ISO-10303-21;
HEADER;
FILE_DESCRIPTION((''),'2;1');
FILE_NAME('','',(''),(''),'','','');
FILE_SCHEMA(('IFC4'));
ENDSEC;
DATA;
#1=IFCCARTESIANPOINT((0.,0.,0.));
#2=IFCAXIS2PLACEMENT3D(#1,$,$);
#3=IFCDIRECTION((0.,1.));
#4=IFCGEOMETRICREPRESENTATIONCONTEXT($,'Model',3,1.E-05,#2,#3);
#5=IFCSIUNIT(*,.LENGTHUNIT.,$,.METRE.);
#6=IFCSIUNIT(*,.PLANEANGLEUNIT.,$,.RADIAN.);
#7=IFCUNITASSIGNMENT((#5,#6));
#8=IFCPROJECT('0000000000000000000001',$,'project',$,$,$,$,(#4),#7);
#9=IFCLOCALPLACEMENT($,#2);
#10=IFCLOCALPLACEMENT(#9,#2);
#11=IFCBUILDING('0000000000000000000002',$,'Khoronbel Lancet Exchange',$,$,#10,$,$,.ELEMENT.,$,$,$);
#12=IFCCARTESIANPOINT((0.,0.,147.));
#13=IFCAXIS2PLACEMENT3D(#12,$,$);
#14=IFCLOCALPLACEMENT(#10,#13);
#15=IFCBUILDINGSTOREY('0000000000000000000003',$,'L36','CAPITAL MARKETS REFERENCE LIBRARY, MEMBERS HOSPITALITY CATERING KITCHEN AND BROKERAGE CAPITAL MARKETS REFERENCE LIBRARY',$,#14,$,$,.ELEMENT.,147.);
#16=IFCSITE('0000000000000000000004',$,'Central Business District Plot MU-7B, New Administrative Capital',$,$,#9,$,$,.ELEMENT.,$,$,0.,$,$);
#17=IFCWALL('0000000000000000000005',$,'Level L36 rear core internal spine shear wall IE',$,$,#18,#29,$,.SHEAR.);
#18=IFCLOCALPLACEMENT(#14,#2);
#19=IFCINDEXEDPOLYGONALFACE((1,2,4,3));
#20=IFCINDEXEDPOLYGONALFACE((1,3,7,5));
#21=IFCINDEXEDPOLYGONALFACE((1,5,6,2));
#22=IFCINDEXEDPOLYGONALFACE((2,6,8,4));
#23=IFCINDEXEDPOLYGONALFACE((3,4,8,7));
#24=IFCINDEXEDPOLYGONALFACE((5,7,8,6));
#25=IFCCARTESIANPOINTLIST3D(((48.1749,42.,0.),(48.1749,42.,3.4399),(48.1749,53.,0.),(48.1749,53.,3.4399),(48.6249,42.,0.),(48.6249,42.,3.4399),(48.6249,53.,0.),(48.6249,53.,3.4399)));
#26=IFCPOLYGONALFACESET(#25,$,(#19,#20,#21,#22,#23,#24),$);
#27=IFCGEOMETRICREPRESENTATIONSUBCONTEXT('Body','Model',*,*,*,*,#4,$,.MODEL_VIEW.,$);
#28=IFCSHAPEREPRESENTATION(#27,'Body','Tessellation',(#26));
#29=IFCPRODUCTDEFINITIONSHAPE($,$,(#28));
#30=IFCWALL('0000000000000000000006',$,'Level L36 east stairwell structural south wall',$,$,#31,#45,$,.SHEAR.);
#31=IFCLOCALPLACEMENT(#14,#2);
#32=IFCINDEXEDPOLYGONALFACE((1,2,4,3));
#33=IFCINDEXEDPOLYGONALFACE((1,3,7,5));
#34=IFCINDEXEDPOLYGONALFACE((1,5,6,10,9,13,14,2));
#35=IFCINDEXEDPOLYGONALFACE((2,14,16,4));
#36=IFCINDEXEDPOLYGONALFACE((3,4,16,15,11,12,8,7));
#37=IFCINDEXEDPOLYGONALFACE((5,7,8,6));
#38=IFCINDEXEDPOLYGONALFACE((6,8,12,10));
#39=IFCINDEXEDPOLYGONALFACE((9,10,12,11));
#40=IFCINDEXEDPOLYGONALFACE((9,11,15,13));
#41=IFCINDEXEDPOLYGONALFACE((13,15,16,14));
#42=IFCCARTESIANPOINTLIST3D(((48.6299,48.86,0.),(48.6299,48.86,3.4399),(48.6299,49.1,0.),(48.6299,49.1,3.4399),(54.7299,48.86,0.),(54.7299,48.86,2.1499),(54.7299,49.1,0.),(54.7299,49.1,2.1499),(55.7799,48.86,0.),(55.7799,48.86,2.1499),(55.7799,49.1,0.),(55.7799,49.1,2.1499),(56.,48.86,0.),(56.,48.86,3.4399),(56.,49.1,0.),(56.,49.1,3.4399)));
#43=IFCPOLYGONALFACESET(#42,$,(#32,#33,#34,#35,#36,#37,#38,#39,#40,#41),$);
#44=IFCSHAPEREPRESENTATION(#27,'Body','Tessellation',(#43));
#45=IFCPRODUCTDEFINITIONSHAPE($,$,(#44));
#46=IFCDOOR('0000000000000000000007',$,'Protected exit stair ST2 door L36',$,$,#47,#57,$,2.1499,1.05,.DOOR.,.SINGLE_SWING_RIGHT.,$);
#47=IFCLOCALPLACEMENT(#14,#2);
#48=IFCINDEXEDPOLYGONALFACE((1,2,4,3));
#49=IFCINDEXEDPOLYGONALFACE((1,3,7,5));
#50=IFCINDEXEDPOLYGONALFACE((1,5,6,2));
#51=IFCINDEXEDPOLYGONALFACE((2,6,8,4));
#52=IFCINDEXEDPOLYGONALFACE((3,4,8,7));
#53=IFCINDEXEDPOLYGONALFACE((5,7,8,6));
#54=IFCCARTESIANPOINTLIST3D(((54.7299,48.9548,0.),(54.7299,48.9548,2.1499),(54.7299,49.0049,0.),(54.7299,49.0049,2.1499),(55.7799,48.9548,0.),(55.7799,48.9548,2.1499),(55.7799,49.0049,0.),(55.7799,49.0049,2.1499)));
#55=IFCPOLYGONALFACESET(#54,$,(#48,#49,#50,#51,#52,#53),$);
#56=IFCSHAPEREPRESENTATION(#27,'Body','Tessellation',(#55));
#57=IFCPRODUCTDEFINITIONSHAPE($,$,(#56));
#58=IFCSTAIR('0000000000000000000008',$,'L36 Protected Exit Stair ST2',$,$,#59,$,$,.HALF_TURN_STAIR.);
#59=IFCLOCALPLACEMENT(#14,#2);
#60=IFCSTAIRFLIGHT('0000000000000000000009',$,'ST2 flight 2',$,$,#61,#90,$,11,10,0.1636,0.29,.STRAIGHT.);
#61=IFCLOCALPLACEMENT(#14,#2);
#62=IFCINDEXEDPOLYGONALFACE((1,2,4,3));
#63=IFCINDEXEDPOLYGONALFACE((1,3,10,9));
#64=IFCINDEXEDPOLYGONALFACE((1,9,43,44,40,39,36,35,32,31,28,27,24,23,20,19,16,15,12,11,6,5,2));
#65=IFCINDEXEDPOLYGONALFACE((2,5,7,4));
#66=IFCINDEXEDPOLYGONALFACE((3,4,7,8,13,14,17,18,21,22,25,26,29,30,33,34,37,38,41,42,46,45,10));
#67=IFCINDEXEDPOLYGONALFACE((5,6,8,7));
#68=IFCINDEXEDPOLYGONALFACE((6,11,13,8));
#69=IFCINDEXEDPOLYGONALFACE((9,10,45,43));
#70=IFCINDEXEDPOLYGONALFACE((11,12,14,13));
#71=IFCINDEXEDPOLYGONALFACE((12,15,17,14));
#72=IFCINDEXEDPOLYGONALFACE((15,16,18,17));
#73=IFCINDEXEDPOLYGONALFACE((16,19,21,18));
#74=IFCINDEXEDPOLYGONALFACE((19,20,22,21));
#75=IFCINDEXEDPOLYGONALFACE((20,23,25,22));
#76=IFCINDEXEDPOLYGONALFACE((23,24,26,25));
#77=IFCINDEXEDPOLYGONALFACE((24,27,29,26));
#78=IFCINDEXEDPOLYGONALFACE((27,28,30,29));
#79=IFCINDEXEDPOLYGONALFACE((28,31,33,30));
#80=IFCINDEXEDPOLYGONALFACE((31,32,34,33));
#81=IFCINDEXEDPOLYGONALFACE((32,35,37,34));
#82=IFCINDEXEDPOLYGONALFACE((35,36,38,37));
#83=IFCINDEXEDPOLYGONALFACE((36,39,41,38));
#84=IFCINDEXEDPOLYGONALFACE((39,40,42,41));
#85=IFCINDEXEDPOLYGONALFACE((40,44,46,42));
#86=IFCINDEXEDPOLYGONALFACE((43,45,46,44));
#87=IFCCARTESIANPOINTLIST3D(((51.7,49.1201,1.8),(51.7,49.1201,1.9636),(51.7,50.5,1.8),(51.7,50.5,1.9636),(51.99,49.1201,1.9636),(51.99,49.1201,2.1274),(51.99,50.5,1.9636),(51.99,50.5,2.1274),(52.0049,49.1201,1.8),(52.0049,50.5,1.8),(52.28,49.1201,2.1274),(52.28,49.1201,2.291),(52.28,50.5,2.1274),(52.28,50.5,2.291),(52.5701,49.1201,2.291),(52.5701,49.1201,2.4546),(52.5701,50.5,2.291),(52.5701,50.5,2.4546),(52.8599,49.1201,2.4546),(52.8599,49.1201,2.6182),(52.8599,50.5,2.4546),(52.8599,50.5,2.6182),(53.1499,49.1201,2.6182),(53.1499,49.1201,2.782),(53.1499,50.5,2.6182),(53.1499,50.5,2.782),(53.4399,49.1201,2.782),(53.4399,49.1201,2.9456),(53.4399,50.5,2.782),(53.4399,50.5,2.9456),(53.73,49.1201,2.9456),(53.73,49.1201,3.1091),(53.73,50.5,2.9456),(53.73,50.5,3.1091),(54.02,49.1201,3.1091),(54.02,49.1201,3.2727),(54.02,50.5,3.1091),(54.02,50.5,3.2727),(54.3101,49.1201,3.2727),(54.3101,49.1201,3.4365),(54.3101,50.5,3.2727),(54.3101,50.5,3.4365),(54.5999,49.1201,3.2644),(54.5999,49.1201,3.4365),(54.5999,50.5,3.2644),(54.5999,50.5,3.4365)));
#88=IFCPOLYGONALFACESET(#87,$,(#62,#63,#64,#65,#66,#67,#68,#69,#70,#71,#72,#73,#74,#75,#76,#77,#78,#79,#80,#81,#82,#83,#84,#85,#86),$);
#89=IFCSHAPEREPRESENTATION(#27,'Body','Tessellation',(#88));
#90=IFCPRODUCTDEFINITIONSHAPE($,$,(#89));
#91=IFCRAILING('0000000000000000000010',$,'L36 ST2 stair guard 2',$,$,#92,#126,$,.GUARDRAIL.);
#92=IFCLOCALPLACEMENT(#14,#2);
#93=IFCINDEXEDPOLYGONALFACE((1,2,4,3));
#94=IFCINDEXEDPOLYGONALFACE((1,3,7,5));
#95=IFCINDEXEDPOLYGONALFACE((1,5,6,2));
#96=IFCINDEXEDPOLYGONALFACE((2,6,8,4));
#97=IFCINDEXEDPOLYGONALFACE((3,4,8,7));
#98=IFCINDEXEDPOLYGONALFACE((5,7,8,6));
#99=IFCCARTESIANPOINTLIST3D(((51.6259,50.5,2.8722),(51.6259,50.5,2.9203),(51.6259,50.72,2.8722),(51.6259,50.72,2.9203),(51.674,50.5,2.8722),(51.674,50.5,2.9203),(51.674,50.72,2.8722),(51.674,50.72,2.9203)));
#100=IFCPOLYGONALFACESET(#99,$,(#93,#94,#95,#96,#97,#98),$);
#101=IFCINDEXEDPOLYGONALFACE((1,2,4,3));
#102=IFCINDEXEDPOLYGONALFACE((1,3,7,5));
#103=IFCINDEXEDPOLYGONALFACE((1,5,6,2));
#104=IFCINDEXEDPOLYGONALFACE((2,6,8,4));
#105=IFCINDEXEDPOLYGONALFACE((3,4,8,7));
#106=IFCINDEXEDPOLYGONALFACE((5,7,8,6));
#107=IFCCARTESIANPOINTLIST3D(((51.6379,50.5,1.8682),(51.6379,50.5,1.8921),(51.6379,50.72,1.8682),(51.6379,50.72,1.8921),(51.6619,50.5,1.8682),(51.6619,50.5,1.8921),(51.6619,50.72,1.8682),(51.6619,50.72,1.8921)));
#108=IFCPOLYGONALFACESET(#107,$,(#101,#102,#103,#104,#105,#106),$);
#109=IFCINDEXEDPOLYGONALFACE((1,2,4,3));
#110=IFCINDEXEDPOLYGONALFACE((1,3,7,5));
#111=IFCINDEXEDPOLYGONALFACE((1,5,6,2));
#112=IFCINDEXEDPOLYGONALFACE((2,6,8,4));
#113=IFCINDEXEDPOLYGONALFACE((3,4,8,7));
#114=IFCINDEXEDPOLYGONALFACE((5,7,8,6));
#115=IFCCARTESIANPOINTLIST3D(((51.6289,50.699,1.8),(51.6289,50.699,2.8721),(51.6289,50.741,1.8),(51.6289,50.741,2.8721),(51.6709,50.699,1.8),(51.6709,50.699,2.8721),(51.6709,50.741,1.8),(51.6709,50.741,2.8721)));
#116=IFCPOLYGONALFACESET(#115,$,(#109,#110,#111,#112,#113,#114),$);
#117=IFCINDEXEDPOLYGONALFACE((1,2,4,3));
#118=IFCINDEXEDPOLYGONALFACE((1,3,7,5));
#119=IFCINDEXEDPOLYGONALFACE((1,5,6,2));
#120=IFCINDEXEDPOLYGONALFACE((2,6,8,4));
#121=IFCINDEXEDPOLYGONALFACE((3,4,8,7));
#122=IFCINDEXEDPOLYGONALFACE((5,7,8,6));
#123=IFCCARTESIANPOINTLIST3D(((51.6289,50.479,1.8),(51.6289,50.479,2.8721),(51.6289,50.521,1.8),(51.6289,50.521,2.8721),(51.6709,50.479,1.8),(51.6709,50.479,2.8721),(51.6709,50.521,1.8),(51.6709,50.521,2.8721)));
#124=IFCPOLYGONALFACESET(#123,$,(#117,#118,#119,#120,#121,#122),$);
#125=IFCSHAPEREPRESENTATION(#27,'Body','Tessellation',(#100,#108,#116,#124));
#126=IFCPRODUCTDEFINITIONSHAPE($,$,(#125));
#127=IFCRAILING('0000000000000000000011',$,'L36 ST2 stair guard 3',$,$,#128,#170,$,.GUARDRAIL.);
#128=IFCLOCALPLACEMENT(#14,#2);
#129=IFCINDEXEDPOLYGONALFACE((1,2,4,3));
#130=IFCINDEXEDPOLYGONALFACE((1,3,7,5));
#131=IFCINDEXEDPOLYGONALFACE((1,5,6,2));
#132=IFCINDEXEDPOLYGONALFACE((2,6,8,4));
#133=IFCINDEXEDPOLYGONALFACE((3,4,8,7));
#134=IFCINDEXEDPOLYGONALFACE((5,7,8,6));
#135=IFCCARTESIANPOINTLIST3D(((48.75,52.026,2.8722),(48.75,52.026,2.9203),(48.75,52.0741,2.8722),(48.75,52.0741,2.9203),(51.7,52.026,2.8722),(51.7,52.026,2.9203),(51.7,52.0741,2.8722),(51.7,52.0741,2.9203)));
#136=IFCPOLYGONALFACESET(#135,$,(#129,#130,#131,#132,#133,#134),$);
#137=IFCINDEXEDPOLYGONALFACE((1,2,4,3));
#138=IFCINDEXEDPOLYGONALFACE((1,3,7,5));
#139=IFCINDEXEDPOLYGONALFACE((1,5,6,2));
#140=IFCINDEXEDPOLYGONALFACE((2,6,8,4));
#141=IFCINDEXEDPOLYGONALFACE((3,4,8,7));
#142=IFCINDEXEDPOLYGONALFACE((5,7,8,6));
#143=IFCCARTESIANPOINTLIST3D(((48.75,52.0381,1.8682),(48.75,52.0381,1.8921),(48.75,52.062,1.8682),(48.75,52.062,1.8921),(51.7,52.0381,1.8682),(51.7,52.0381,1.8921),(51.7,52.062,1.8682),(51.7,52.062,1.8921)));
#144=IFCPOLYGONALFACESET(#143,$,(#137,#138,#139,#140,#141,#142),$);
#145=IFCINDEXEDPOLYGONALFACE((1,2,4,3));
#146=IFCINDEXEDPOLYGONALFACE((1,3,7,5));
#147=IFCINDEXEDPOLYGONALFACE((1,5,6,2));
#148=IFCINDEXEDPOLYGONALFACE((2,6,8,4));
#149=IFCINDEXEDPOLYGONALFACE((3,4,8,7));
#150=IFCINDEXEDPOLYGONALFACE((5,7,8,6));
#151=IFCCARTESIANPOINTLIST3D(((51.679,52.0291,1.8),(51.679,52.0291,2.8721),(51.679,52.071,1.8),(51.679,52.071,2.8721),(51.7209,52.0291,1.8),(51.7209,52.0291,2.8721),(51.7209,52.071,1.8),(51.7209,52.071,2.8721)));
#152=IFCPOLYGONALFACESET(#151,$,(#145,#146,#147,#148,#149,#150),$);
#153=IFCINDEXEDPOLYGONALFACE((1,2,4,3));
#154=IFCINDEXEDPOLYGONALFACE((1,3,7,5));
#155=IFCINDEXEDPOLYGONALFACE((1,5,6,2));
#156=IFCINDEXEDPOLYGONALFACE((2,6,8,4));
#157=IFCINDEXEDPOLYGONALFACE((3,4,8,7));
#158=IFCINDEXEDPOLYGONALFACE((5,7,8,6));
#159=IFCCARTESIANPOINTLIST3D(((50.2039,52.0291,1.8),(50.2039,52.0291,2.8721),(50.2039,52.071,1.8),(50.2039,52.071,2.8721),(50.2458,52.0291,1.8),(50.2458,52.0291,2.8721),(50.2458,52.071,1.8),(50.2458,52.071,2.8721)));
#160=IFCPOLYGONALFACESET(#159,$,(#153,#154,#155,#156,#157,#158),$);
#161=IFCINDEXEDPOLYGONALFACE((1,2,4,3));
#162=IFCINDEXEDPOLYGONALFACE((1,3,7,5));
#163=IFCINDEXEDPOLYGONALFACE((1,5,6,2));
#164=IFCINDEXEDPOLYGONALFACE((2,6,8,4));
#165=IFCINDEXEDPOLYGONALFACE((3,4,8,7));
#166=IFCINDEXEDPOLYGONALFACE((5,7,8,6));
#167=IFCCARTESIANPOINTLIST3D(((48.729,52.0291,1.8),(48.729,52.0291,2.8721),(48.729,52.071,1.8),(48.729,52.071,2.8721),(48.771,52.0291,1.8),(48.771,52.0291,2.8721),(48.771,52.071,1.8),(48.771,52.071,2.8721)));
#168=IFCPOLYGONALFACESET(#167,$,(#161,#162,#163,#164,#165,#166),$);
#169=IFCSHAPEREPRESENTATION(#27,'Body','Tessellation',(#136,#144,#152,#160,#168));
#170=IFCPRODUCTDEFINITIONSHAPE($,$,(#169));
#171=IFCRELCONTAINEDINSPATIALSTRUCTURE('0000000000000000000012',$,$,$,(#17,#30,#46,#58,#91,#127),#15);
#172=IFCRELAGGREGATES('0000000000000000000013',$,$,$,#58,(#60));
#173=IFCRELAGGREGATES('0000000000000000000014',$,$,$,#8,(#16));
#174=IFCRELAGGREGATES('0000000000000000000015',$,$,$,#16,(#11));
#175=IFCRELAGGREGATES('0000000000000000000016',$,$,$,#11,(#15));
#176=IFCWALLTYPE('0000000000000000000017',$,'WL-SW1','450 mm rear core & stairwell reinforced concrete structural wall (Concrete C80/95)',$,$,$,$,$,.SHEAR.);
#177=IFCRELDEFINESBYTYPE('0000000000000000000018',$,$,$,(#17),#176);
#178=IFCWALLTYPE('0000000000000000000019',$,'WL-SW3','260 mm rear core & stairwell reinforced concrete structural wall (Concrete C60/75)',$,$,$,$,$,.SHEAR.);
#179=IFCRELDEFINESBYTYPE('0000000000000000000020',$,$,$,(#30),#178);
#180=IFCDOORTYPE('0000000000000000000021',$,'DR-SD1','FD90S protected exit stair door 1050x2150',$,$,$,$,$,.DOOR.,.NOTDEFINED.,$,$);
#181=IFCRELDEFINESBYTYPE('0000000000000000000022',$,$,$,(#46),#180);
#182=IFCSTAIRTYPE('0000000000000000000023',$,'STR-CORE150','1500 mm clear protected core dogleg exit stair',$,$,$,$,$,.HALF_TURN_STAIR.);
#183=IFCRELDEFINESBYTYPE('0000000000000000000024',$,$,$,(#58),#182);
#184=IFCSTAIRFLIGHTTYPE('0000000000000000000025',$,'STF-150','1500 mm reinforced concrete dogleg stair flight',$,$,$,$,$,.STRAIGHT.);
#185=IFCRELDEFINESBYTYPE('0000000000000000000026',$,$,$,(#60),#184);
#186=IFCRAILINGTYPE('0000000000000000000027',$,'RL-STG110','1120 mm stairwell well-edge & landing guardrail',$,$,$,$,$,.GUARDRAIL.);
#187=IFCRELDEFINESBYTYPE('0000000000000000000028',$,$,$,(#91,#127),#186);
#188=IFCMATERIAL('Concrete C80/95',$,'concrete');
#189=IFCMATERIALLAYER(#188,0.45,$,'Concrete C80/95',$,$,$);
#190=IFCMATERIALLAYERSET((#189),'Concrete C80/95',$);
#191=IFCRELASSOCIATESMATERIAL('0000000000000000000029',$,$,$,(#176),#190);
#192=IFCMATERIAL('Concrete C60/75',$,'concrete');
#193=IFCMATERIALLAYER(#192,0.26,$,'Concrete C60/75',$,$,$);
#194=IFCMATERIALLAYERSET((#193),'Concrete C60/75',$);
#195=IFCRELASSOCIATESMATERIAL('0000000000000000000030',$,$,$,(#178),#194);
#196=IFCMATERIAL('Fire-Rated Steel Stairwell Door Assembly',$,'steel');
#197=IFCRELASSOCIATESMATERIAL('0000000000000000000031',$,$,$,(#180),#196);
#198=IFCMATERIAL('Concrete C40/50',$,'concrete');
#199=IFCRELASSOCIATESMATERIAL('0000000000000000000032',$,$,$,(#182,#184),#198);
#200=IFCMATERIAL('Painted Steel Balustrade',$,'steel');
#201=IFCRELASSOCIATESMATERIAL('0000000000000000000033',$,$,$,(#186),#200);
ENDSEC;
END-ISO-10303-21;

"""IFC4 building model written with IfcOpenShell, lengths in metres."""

from ifc_helpers import new_model, si_unit, direction, frame, frame_2d, origin, origin_2d, place, context, subcontext, project, spatial, polyline, rectangle, outline, extrude, material, layer, layer_set, type_object, element, fill, aggregate, save


model = new_model("IFC4")

# Units and contexts
model_context = context("Model", 3, precision=1e-05, world=origin(), true_north=direction((0.0, 1.0)))
body_context = subcontext(model_context, "Body", "Model", "MODEL_VIEW")
ifc_project = project(units=[si_unit("LENGTHUNIT", "METRE"), si_unit("PLANEANGLEUNIT", "RADIAN")], contexts=[model_context])

# Site, building, storey
site_placement = place(None, origin())
site = spatial("IfcSite", under=ifc_project, at=site_placement, Name="Central Business District Plot MU-7B, New Administrative Capital", CompositionType="ELEMENT", RefElevation=0.0)
building_placement = place(site_placement, origin())
building = spatial("IfcBuilding", under=site, at=building_placement, Name="Khoronbel Lancet Exchange", CompositionType="ELEMENT")
storey_placement = place(building_placement, frame((0.0, 0.0, 147.0)))
storey = spatial("IfcBuildingStorey", under=building, at=storey_placement, Name="L36", Description="CAPITAL MARKETS REFERENCE LIBRARY, MEMBERS HOSPITALITY CATERING KITCHEN AND BROKERAGE CAPITAL MARKETS REFERENCE LIBRARY", CompositionType="ELEMENT", Elevation=147.0)

# Wall
ifc_material_1 = material(Name="Concrete C80/95", Category="concrete")
ifc_layer_1 = layer(ifc_material_1, 0.45, Name="Concrete C80/95")
ifc_layer_set_1 = layer_set([ifc_layer_1], Name="Concrete C80/95")
wall_type_1 = type_object("IfcWallType", Name="WL-SW1", Description="450 mm rear core & stairwell reinforced concrete structural wall (Concrete C80/95)", PredefinedType="SHEAR", material=ifc_layer_set_1)
wall_1_placement = place(storey_placement, frame((48.3999, 42.0, 0.0), z_axis=(0.0, 0.0, 1.0), x_axis=(0.0, 1.0, 0.0)))
element("IfcWall", 1, at=wall_1_placement, inside=storey, type_object=wall_type_1, Name="Level L36 rear core internal spine shear wall IE", PredefinedType="SHEAR", context=body_context, shape_type="SweptSolid", body=[
    extrude(rectangle(XDim=11.0, YDim=0.45, at=frame_2d((5.5, 0.0))), origin(), (0.0, 0.0, 1.0), 3.4399),
])

# Wall, opening, door
ifc_material_2 = material(Name="Concrete C60/75", Category="concrete")
ifc_layer_2 = layer(ifc_material_2, 0.26, Name="Concrete C60/75")
ifc_layer_set_2 = layer_set([ifc_layer_2], Name="Concrete C60/75")
wall_type_2 = type_object("IfcWallType", Name="WL-SW3", Description="260 mm rear core & stairwell reinforced concrete structural wall (Concrete C60/75)", PredefinedType="SHEAR", material=ifc_layer_set_2)
wall_2_placement = place(storey_placement, frame((48.6299, 48.98, 0.0), z_axis=(0.0, 0.0, 1.0), x_axis=(1.0, 0.0, 0.0)))
wall_2 = element("IfcWall", 2, at=wall_2_placement, inside=storey, type_object=wall_type_2, Name="Level L36 east stairwell structural south wall", PredefinedType="SHEAR", context=body_context, shape_type="SweptSolid", body=[
    extrude(rectangle(XDim=7.3701, YDim=0.24, at=frame_2d((3.6851, 0.0))), origin(), (0.0, 0.0, 1.0), 3.4399),
])
opening_1_placement = place(wall_2_placement, frame((6.1001, 0.0, 0.0)))
opening_1 = element("IfcOpeningElement", 3, at=opening_1_placement, cuts=wall_2, PredefinedType="OPENING", context=body_context, shape_type="SweptSolid", body=[
    extrude(rectangle(XDim=1.05, YDim=2.1499, at=frame_2d((0.5249, 1.075))), frame((0.0, 0.1299, 0.0), z_axis=(0.0, -1.0, 0.0), x_axis=(1.0, 0.0, 0.0)), (0.0, 0.0, 1.0), 0.26),
])
ifc_material_3 = material(Name="Fire-Rated Steel Stairwell Door Assembly", Category="steel")
door_type_1 = type_object("IfcDoorType", Name="DR-SD1", Description="FD90S protected exit stair door 1050x2150", OperationType="NOTDEFINED", PredefinedType="DOOR", material=ifc_material_3)
door_1_placement = place(opening_1_placement, origin())
door_1 = element("IfcDoor", 4, at=door_1_placement, inside=storey, type_object=door_type_1, Name="Protected exit stair ST2 door L36", OperationType="SINGLE_SWING_RIGHT", OverallHeight=2.1499, OverallWidth=1.05, PredefinedType="DOOR", context=body_context, shape_type="SweptSolid", body=[
    extrude(rectangle(XDim=1.05, YDim=2.1499, at=frame_2d((0.5249, 1.075))), frame((0.0, 0.0249, 0.0), z_axis=(0.0, -1.0, 0.0), x_axis=(1.0, 0.0, 0.0)), (0.0, 0.0, 1.0), 0.05),
])
fill(opening_1, door_1)

# Stair, stair flight
ifc_material_4 = material(Name="Concrete C40/50", Category="concrete")
stair_type = type_object("IfcStairType", Name="STR-CORE150", Description="1500 mm clear protected core dogleg exit stair", PredefinedType="HALF_TURN_STAIR", material=ifc_material_4)
stair_placement = place(storey_placement, origin())
stair = element("IfcStair", 5, at=stair_placement, inside=storey, type_object=stair_type, Name="L36 Protected Exit Stair ST2", PredefinedType="HALF_TURN_STAIR")
stair_flight_type = type_object("IfcStairFlightType", Name="STF-150", Description="1500 mm reinforced concrete dogleg stair flight", PredefinedType="STRAIGHT", material=ifc_material_4)
stair_flight_placement = place(storey_placement, frame((51.7, 49.8101, 1.8), z_axis=(0.0, 0.0, 1.0), x_axis=(1.0, 0.0, 0.0)))
stair_flight = element("IfcStairFlight", 6, at=stair_flight_placement, type_object=stair_flight_type, Name="ST2 flight 2", NumberOfRisers=11, NumberOfTreads=10, PredefinedType="STRAIGHT", RiserHeight=0.1636, TreadLength=0.29, context=body_context, shape_type="SweptSolid", body=[
    extrude(outline(polyline([(0.0, 0.0), (0.0, 0.1636), (0.29, 0.1636), (0.29, 0.3274), (0.5801, 0.3274), (0.5801, 0.491), (0.8701, 0.491), (0.8701, 0.6545), (1.1599, 0.6545), (1.1599, 0.8181), (1.45, 0.8181), (1.45, 0.9819), (1.74, 0.9819), (1.74, 1.1455), (2.03, 1.1455), (2.03, 1.3091), (2.3201, 1.3091), (2.3201, 1.4727), (2.6101, 1.4727), (2.6101, 1.6365), (2.8999, 1.6365), (2.8999, 1.8), (2.8999, 1.4644), (0.3049, 0.0), (0.0, 0.0)])), frame((0.0, 0.6899, 0.0), z_axis=(0.0, -1.0, 0.0), x_axis=(1.0, 0.0, 0.0)), (0.0, 0.0, 1.0), 1.3799),
])
aggregate(stair, [stair_flight])

# Railings
ifc_material_5 = material(Name="Painted Steel Balustrade", Category="steel")
railing_type_1 = type_object("IfcRailingType", Name="RL-STG110", Description="1120 mm stairwell well-edge & landing guardrail", PredefinedType="GUARDRAIL", material=ifc_material_5)
railing_1_placement = place(storey_placement, frame((51.6499, 50.72, 1.8)))
element("IfcRailing", 7, at=railing_1_placement, inside=storey, type_object=railing_type_1, Name="L36 ST2 stair guard 2", PredefinedType="GUARDRAIL", context=body_context, shape_type="SweptSolid", body=[
    extrude(rectangle(XDim=0.0481, YDim=0.0481, at=origin_2d()), frame((0.0, 0.0, 1.0962), z_axis=(0.0, -1.0, 0.0), x_axis=(1.0, 0.0, 0.0)), (0.0, 0.0, 1.0), 0.22),
    extrude(rectangle(XDim=0.0239, YDim=0.0239, at=origin_2d()), frame((0.0, 0.0, 0.0801), z_axis=(0.0, -1.0, 0.0), x_axis=(1.0, 0.0, 0.0)), (0.0, 0.0, 1.0), 0.22),
    extrude(rectangle(XDim=0.042, YDim=0.042, at=origin_2d()), origin(), (0.0, 0.0, 1.0), 1.072),
    extrude(rectangle(XDim=0.042, YDim=0.042, at=origin_2d()), frame((0.0, -0.22, 0.0)), (0.0, 0.0, 1.0), 1.072),
])
railing_2_placement = place(storey_placement, frame((51.7, 52.05, 1.8)))
element("IfcRailing", 8, at=railing_2_placement, inside=storey, type_object=railing_type_1, Name="L36 ST2 stair guard 3", PredefinedType="GUARDRAIL", context=body_context, shape_type="SweptSolid", body=[
    extrude(rectangle(XDim=0.0481, YDim=0.0481, at=origin_2d()), frame((0.0, 0.0, 1.0962), z_axis=(-1.0, 0.0, 0.0), x_axis=(0.0, -1.0, 0.0)), (0.0, 0.0, 1.0), 2.95),
    extrude(rectangle(XDim=0.0239, YDim=0.0239, at=origin_2d()), frame((0.0, 0.0, 0.0801), z_axis=(-1.0, 0.0, 0.0), x_axis=(0.0, -1.0, 0.0)), (0.0, 0.0, 1.0), 2.95),
    extrude(rectangle(XDim=0.042, YDim=0.042, at=origin_2d()), origin(), (0.0, 0.0, 1.0), 1.072),
    extrude(rectangle(XDim=0.042, YDim=0.042, at=origin_2d()), frame((-1.4751, 0.0, 0.0)), (0.0, 0.0, 1.0), 1.072),
    extrude(rectangle(XDim=0.042, YDim=0.042, at=origin_2d()), frame((-2.95, 0.0, 0.0)), (0.0, 0.0, 1.0), 1.072),
])

save(model, "model.ifc")
